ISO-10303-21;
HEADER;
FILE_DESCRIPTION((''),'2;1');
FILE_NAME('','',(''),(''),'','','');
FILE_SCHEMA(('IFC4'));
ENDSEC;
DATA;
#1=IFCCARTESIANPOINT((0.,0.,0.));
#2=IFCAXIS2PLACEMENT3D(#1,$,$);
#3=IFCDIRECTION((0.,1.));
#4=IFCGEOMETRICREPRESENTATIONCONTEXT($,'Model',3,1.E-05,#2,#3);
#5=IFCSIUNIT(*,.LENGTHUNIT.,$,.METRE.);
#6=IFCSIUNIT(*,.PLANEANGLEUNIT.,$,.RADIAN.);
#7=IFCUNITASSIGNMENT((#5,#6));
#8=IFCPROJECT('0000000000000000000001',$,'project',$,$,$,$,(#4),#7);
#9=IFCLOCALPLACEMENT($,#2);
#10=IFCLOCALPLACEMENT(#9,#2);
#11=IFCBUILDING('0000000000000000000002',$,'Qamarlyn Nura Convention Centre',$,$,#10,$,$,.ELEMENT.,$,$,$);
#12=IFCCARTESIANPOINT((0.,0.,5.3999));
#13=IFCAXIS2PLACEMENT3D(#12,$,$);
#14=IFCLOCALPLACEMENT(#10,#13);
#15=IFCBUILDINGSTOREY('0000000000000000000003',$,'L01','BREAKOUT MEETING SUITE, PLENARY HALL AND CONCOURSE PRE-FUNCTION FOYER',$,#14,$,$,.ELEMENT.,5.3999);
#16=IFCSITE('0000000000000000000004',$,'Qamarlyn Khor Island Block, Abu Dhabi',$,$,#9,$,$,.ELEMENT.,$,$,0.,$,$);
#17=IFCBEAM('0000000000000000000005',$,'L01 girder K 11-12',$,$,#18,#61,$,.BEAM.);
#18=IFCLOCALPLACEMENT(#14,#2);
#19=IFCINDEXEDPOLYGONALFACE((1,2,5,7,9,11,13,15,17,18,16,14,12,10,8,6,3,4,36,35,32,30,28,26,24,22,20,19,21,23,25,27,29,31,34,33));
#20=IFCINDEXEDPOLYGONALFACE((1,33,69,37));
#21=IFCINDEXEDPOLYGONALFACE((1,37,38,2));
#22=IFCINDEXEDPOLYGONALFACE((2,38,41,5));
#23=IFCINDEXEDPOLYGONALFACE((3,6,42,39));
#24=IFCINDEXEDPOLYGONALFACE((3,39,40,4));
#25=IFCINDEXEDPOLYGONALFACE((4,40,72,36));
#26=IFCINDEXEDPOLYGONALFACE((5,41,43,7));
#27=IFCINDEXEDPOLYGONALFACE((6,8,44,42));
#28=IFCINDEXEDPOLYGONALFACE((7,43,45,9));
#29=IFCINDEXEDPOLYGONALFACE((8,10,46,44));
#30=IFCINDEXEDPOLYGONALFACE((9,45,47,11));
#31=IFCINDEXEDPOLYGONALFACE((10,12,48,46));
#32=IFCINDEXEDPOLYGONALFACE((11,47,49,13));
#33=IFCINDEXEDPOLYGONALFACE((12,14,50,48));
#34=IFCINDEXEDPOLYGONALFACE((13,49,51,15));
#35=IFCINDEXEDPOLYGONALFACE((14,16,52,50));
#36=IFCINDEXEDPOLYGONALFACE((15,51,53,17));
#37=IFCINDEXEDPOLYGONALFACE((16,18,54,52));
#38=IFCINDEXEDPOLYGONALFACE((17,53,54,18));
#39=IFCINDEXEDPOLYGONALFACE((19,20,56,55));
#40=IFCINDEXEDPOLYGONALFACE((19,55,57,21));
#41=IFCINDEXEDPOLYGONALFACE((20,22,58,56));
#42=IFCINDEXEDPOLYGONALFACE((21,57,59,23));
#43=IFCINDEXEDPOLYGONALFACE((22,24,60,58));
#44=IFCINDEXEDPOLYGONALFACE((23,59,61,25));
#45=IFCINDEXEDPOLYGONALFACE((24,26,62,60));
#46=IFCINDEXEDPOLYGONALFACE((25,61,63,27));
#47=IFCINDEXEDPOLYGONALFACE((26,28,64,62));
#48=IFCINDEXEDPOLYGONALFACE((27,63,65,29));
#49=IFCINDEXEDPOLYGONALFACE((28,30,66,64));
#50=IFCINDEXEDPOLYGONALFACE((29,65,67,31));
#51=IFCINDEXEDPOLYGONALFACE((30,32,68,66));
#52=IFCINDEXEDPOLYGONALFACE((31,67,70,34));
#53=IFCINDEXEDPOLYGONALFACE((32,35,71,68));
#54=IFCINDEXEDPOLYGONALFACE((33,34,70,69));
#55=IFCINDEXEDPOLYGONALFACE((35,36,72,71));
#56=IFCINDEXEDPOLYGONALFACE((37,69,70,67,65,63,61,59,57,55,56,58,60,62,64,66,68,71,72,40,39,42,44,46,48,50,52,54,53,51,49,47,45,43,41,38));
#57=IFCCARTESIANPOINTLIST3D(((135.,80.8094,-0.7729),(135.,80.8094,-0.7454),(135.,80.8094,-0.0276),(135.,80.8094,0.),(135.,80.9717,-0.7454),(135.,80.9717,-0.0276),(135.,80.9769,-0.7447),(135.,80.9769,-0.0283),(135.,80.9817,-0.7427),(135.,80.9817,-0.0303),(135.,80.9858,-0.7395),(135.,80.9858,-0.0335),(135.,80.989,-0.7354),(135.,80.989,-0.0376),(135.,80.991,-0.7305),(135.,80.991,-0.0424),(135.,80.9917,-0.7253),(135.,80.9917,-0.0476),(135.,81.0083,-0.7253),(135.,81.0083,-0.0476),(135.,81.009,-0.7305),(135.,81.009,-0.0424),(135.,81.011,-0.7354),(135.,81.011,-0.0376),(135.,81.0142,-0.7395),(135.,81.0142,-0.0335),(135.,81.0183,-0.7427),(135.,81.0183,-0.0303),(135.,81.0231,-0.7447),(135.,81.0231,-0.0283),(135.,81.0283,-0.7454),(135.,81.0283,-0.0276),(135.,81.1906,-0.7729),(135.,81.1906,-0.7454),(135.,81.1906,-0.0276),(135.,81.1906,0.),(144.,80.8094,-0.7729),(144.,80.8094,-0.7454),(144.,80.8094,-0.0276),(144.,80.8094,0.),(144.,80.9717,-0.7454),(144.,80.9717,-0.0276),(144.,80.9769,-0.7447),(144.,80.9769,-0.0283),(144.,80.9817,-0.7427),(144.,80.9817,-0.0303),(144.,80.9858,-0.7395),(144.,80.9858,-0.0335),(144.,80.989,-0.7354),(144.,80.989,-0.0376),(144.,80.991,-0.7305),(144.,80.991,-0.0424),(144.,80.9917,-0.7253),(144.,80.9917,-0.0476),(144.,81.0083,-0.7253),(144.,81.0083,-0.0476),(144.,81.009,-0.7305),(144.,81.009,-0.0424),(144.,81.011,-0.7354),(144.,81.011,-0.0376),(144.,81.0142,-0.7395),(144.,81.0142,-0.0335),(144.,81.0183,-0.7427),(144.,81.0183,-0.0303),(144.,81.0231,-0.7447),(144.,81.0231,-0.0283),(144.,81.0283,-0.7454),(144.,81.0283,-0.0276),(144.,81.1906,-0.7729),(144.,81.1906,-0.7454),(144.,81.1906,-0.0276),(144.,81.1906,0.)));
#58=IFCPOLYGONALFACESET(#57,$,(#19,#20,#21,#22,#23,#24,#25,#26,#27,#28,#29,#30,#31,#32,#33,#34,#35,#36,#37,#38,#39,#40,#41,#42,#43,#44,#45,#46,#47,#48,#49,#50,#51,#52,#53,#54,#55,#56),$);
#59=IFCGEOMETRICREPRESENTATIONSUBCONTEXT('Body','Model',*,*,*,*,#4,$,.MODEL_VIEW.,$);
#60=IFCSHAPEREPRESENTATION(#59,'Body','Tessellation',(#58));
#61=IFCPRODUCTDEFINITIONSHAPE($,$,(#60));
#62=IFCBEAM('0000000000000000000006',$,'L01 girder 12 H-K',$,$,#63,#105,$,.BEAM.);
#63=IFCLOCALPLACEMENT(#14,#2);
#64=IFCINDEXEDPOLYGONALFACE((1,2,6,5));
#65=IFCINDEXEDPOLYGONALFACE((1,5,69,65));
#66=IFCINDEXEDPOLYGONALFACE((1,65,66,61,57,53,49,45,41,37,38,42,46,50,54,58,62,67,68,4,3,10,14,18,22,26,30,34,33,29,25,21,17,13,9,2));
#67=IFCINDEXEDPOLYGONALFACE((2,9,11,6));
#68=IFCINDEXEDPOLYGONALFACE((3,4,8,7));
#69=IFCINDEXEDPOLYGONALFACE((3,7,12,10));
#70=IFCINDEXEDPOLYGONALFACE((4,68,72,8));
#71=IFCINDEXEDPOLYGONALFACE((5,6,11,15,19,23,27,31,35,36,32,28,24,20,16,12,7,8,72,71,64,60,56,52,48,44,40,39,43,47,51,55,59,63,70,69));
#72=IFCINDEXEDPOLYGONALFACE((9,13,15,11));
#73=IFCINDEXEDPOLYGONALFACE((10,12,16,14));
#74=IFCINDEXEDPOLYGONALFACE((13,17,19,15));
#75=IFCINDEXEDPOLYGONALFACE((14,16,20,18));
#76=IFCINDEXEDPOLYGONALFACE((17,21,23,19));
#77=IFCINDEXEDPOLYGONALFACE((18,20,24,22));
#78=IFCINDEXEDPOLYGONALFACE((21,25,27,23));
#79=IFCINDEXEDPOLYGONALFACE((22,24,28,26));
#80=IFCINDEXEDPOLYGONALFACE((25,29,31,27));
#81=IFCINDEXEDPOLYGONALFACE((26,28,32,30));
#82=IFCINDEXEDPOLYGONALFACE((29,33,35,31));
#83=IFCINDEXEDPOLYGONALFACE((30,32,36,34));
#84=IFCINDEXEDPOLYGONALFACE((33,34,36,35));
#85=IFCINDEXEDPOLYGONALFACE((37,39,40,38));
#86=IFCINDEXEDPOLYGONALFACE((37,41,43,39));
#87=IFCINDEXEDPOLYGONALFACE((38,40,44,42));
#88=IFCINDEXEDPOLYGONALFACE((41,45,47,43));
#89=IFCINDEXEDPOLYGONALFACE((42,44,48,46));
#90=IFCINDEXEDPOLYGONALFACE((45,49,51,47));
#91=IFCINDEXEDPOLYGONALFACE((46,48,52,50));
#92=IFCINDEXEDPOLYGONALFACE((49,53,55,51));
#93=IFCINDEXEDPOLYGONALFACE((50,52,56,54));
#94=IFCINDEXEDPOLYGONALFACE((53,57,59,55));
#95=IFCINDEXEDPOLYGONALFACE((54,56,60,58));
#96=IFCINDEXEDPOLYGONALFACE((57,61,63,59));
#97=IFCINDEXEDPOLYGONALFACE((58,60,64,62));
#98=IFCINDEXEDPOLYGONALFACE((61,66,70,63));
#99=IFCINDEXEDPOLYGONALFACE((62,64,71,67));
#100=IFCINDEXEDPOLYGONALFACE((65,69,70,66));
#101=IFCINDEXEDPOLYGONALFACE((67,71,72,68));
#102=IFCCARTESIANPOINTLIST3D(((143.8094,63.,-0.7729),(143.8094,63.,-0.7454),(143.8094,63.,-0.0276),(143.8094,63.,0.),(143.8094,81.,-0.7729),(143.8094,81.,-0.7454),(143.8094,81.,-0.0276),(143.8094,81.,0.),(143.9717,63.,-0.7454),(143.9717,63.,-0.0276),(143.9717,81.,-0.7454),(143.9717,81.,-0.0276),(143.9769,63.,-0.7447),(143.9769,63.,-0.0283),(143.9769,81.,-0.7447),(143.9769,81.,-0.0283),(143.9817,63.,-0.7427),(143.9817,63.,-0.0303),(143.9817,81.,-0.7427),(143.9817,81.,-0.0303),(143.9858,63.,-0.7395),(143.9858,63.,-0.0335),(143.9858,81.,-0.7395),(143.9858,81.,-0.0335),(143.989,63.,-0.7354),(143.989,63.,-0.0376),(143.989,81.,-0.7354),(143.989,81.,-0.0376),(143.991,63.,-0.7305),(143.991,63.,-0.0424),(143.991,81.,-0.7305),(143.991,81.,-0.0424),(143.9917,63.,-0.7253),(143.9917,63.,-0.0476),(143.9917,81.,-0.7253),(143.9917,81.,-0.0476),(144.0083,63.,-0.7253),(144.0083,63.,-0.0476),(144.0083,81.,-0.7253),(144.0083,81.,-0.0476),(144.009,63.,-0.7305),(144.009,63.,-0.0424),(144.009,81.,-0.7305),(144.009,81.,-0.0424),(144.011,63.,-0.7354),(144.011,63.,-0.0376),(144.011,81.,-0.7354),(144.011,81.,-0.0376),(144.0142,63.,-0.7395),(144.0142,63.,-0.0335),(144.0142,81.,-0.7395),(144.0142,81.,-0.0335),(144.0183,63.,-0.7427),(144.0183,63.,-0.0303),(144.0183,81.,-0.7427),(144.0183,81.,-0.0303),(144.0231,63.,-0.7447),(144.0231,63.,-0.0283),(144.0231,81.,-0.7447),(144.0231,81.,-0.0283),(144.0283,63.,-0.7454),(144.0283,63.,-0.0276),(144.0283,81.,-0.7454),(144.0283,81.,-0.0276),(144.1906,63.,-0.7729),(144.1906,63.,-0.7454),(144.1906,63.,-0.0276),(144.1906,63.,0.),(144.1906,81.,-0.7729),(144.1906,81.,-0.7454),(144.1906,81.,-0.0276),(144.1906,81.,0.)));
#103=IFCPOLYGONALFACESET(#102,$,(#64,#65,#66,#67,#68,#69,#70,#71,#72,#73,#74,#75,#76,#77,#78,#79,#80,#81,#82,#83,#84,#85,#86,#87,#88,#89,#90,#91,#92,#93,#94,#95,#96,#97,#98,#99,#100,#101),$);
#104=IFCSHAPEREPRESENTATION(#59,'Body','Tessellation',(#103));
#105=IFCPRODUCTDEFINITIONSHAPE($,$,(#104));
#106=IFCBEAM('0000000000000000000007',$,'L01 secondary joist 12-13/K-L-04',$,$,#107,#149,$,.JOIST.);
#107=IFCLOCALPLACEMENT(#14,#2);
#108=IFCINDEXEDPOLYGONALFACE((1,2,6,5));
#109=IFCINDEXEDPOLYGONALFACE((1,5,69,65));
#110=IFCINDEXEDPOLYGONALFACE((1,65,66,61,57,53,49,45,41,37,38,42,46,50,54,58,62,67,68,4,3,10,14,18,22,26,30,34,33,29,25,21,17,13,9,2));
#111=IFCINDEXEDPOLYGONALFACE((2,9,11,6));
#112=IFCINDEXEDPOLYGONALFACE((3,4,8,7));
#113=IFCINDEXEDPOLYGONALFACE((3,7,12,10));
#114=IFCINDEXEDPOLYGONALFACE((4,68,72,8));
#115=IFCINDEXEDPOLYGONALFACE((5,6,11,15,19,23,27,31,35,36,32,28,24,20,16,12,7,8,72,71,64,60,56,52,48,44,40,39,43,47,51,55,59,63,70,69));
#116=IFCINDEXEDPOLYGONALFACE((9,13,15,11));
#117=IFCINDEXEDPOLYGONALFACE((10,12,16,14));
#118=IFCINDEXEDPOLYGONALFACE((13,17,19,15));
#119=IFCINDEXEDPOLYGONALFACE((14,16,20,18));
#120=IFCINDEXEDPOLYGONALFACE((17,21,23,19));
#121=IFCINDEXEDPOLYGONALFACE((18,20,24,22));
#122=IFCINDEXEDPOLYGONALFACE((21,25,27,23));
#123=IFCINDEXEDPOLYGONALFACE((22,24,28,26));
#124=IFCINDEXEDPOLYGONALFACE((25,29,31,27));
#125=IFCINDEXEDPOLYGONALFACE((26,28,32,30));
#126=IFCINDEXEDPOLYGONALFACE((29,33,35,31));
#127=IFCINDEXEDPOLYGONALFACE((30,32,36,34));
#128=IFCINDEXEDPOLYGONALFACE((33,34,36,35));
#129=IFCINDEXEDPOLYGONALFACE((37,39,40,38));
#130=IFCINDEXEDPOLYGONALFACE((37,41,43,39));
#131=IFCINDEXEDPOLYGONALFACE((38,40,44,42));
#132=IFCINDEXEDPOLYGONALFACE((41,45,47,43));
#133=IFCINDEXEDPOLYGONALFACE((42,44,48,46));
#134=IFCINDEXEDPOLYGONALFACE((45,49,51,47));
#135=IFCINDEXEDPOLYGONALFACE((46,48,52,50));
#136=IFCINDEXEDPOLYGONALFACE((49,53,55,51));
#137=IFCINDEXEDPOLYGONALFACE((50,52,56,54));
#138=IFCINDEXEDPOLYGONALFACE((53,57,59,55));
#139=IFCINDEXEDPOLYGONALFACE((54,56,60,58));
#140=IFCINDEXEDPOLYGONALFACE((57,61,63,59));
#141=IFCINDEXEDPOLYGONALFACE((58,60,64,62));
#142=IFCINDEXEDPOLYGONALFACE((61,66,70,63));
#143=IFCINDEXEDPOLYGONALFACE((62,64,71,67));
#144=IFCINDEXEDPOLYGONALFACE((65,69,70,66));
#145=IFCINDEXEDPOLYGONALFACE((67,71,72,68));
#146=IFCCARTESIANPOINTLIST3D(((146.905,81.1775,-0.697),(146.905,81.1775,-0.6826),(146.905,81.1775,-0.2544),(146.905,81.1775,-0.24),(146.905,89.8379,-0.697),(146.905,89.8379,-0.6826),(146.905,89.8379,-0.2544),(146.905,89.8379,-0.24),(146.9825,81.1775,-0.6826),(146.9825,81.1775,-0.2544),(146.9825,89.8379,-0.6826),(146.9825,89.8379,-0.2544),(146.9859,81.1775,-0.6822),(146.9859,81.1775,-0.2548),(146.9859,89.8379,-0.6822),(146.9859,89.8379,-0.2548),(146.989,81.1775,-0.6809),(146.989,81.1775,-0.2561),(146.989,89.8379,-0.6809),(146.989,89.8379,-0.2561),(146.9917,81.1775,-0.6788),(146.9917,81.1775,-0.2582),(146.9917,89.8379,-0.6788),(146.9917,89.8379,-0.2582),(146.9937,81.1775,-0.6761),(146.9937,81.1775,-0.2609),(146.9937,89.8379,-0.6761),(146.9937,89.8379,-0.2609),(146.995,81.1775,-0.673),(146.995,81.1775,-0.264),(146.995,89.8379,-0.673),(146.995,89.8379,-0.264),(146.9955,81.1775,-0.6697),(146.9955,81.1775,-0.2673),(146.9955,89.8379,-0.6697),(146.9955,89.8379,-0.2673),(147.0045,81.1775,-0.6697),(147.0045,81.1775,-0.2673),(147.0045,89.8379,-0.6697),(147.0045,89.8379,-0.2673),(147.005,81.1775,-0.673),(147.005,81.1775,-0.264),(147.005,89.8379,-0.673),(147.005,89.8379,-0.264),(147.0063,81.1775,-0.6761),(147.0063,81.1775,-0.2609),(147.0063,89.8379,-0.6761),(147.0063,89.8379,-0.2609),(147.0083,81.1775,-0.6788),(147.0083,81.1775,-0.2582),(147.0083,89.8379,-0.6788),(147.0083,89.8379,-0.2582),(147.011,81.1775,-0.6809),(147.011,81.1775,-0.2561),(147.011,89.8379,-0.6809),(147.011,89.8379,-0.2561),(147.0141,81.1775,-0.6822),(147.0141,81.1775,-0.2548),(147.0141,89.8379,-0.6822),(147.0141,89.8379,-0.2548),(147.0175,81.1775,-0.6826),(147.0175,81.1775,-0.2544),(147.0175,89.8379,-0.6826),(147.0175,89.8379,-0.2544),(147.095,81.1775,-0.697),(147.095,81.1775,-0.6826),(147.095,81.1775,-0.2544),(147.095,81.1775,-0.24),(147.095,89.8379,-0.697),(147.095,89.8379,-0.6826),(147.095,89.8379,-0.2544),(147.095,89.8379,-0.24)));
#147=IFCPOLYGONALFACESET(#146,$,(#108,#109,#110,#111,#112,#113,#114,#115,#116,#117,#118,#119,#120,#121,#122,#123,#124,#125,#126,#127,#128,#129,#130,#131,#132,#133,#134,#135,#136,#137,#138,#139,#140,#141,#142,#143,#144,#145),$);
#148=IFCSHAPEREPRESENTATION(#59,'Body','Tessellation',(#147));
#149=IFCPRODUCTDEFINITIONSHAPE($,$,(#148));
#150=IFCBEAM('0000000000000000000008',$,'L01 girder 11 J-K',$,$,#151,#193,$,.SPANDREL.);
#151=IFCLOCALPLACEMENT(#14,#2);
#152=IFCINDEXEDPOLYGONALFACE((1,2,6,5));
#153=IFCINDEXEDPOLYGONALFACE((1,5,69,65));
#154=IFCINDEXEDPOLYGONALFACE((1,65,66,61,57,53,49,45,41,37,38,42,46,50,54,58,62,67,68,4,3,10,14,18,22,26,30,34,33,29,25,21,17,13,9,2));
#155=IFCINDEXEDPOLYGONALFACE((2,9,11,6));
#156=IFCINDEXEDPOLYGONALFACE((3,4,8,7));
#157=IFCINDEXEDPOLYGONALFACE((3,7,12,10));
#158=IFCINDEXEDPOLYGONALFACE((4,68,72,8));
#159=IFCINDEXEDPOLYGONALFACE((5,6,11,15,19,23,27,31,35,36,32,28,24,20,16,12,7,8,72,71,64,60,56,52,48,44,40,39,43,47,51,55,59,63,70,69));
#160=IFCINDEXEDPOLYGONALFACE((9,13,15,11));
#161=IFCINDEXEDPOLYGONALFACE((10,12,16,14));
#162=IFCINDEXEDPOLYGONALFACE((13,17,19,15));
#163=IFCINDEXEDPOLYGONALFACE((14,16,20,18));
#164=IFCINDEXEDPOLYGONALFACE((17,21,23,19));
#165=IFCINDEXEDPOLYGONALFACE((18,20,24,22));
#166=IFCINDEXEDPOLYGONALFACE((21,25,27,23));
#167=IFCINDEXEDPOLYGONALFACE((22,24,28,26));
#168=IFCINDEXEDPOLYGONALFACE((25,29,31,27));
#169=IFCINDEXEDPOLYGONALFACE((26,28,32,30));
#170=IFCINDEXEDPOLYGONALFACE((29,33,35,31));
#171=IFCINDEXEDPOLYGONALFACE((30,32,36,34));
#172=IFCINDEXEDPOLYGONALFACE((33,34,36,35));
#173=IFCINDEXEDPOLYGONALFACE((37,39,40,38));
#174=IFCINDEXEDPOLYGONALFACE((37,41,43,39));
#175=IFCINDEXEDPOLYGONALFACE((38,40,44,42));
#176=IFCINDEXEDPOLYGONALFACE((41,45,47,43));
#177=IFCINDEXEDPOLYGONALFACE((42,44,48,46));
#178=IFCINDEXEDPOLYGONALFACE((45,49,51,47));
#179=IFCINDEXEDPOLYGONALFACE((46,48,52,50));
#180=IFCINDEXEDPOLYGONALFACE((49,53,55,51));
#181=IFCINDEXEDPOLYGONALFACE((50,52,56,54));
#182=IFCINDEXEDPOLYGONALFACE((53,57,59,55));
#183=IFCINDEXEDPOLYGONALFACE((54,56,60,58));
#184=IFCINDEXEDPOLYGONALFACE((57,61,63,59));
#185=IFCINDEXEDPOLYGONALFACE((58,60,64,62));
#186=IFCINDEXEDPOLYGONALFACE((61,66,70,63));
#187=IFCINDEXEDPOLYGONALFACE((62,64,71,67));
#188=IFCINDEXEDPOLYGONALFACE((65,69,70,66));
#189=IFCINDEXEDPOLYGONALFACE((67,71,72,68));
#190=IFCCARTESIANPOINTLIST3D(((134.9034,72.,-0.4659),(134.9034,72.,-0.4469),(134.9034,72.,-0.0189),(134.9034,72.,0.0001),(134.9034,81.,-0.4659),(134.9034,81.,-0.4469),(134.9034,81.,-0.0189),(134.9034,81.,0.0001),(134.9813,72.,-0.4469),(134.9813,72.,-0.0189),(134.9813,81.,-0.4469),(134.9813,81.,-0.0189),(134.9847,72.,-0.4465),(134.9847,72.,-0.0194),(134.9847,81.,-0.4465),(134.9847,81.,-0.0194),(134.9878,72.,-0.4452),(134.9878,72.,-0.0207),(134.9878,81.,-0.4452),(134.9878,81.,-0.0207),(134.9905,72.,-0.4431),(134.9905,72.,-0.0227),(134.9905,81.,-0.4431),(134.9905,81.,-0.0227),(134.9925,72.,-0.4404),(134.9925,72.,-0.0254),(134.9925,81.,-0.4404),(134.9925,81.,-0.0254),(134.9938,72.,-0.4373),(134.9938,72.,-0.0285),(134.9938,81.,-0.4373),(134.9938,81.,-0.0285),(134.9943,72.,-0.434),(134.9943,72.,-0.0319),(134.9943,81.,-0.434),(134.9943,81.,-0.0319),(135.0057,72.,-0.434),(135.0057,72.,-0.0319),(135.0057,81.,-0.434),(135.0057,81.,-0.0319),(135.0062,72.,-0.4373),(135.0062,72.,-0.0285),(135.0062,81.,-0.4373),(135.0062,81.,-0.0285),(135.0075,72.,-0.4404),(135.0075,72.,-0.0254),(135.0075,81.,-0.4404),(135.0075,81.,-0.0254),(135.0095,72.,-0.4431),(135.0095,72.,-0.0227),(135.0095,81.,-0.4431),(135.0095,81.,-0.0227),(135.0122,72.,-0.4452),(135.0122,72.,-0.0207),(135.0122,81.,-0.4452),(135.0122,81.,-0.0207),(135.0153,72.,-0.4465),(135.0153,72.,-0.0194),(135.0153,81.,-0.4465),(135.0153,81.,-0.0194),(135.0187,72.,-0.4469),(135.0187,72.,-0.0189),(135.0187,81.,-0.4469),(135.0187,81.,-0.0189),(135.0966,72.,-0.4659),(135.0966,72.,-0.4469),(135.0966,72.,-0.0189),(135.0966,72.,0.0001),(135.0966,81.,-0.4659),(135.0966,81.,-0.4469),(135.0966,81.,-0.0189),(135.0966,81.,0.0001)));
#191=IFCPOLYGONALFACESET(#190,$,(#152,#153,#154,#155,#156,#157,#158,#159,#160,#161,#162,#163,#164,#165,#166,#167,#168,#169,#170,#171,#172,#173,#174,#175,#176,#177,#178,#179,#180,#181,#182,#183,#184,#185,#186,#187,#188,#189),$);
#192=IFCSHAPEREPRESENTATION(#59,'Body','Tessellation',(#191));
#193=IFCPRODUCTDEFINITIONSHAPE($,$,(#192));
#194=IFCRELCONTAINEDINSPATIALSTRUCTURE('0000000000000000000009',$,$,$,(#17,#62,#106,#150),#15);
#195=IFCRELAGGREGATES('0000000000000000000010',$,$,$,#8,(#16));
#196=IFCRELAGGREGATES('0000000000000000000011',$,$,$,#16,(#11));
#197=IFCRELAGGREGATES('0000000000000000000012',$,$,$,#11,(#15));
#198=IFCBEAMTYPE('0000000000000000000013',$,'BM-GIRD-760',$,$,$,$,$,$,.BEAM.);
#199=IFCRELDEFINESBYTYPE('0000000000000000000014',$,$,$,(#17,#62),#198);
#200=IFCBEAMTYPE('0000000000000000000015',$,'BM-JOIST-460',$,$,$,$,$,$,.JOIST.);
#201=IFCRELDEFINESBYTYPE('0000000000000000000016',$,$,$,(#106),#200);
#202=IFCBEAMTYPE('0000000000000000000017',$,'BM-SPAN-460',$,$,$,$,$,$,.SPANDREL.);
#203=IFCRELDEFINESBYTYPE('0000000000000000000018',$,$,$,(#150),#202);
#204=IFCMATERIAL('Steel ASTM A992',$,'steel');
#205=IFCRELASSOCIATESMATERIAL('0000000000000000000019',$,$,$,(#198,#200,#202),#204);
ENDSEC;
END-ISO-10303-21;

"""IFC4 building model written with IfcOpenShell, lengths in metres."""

from ifc_helpers import new_model, si_unit, direction, frame, origin, origin_2d, place, context, subcontext, project, spatial, i_section, extrude, material, material_profile, profile_set, type_object, element, save


model = new_model("IFC4")

# Units and contexts
model_context = context("Model", 3, precision=1e-05, world=origin(), true_north=direction((0.0, 1.0)))
body_context = subcontext(model_context, "Body", "Model", "MODEL_VIEW")
ifc_project = project(units=[si_unit("LENGTHUNIT", "METRE"), si_unit("PLANEANGLEUNIT", "RADIAN")], contexts=[model_context])

# Site, building, storey
site_placement = place(None, origin())
site = spatial("IfcSite", under=ifc_project, at=site_placement, Name="Qamarlyn Khor Island Block, Abu Dhabi", CompositionType="ELEMENT", RefElevation=0.0)
building_placement = place(site_placement, origin())
building = spatial("IfcBuilding", under=site, at=building_placement, Name="Qamarlyn Nura Convention Centre", CompositionType="ELEMENT")
storey_placement = place(building_placement, frame((0.0, 0.0, 5.3999)))
storey = spatial("IfcBuildingStorey", under=building, at=storey_placement, Name="L01", Description="BREAKOUT MEETING SUITE, PLENARY HALL AND CONCOURSE PRE-FUNCTION FOYER", CompositionType="ELEMENT", Elevation=5.3999)

# Shared definitions
ifc_material_1 = material(Name="Steel ASTM A992", Category="steel")

# Beams
ifc_material_profile_1 = material_profile(ifc_material_1, i_section(OverallWidth=0.3811, OverallDepth=0.7729, WebThickness=0.0166, FlangeThickness=0.0276, FilletRadius=0.02, at=origin_2d()), Name="W760X257")
ifc_profile_set_1 = profile_set([ifc_material_profile_1], Name="Steel ASTM A992")
beam_type_1 = type_object("IfcBeamType", Name="BM-GIRD-760", PredefinedType="BEAM", material=ifc_profile_set_1)
beam_1_placement = place(storey_placement, frame((135.0, 81.0, -0.3865), z_axis=(1.0, 0.0, 0.0), x_axis=(0.0, 1.0, 0.0)))
element("IfcBeam", 1, at=beam_1_placement, inside=storey, type_object=beam_type_1, Name="L01 girder K 11-12", PredefinedType="BEAM", context=body_context, shape_type="SweptSolid", body=[
    extrude(i_section(OverallWidth=0.3811, OverallDepth=0.7729, WebThickness=0.0166, FlangeThickness=0.0276, FilletRadius=0.02, at=origin_2d()), origin(), (0.0, 0.0, 1.0), 9.0),
])
beam_2_placement = place(storey_placement, frame((144.0, 63.0, -0.3865), z_axis=(0.0, 1.0, 0.0), x_axis=(-1.0, 0.0, 0.0)))
element("IfcBeam", 2, at=beam_2_placement, inside=storey, type_object=beam_type_1, Name="L01 girder 12 H-K", PredefinedType="BEAM", context=body_context, shape_type="SweptSolid", body=[
    extrude(i_section(OverallWidth=0.3811, OverallDepth=0.7729, WebThickness=0.0166, FlangeThickness=0.0276, FilletRadius=0.02, at=origin_2d()), origin(), (0.0, 0.0, 1.0), 18.0),
])
ifc_material_profile_2 = material_profile(ifc_material_1, i_section(OverallWidth=0.1899, OverallDepth=0.457, WebThickness=0.009, FlangeThickness=0.0144, FilletRadius=0.0129, at=origin_2d()), Name="W460X74")
ifc_profile_set_2 = profile_set([ifc_material_profile_2], Name="Steel ASTM A992")
beam_type_2 = type_object("IfcBeamType", Name="BM-JOIST-460", PredefinedType="JOIST", material=ifc_profile_set_2)
beam_3_placement = place(storey_placement, frame((147.0, 81.1775, -0.4685), z_axis=(0.0, 1.0, 0.0), x_axis=(-1.0, 0.0, 0.0)))
element("IfcBeam", 3, at=beam_3_placement, inside=storey, type_object=beam_type_2, Name="L01 secondary joist 12-13/K-L-04", PredefinedType="JOIST", context=body_context, shape_type="SweptSolid", body=[
    extrude(i_section(OverallWidth=0.1899, OverallDepth=0.457, WebThickness=0.009, FlangeThickness=0.0144, FilletRadius=0.0129, at=origin_2d()), origin(), (0.0, 0.0, 1.0), 8.6604),
])
ifc_material_profile_3 = material_profile(ifc_material_1, i_section(OverallWidth=0.1931, OverallDepth=0.4661, WebThickness=0.0115, FlangeThickness=0.019, FilletRadius=0.0129, at=origin_2d()), Name="W460X97")
ifc_profile_set_3 = profile_set([ifc_material_profile_3], Name="Steel ASTM A992")
beam_type_3 = type_object("IfcBeamType", Name="BM-SPAN-460", PredefinedType="SPANDREL", material=ifc_profile_set_3)
beam_4_placement = place(storey_placement, frame((135.0, 72.0, -0.2329), z_axis=(0.0, 1.0, 0.0), x_axis=(-1.0, 0.0, 0.0)))
element("IfcBeam", 4, at=beam_4_placement, inside=storey, type_object=beam_type_3, Name="L01 girder 11 J-K", PredefinedType="SPANDREL", context=body_context, shape_type="SweptSolid", body=[
    extrude(i_section(OverallWidth=0.1931, OverallDepth=0.4661, WebThickness=0.0115, FlangeThickness=0.019, FilletRadius=0.0129, at=origin_2d()), origin(), (0.0, 0.0, 1.0), 9.0),
])

save(model, "model.ifc")
